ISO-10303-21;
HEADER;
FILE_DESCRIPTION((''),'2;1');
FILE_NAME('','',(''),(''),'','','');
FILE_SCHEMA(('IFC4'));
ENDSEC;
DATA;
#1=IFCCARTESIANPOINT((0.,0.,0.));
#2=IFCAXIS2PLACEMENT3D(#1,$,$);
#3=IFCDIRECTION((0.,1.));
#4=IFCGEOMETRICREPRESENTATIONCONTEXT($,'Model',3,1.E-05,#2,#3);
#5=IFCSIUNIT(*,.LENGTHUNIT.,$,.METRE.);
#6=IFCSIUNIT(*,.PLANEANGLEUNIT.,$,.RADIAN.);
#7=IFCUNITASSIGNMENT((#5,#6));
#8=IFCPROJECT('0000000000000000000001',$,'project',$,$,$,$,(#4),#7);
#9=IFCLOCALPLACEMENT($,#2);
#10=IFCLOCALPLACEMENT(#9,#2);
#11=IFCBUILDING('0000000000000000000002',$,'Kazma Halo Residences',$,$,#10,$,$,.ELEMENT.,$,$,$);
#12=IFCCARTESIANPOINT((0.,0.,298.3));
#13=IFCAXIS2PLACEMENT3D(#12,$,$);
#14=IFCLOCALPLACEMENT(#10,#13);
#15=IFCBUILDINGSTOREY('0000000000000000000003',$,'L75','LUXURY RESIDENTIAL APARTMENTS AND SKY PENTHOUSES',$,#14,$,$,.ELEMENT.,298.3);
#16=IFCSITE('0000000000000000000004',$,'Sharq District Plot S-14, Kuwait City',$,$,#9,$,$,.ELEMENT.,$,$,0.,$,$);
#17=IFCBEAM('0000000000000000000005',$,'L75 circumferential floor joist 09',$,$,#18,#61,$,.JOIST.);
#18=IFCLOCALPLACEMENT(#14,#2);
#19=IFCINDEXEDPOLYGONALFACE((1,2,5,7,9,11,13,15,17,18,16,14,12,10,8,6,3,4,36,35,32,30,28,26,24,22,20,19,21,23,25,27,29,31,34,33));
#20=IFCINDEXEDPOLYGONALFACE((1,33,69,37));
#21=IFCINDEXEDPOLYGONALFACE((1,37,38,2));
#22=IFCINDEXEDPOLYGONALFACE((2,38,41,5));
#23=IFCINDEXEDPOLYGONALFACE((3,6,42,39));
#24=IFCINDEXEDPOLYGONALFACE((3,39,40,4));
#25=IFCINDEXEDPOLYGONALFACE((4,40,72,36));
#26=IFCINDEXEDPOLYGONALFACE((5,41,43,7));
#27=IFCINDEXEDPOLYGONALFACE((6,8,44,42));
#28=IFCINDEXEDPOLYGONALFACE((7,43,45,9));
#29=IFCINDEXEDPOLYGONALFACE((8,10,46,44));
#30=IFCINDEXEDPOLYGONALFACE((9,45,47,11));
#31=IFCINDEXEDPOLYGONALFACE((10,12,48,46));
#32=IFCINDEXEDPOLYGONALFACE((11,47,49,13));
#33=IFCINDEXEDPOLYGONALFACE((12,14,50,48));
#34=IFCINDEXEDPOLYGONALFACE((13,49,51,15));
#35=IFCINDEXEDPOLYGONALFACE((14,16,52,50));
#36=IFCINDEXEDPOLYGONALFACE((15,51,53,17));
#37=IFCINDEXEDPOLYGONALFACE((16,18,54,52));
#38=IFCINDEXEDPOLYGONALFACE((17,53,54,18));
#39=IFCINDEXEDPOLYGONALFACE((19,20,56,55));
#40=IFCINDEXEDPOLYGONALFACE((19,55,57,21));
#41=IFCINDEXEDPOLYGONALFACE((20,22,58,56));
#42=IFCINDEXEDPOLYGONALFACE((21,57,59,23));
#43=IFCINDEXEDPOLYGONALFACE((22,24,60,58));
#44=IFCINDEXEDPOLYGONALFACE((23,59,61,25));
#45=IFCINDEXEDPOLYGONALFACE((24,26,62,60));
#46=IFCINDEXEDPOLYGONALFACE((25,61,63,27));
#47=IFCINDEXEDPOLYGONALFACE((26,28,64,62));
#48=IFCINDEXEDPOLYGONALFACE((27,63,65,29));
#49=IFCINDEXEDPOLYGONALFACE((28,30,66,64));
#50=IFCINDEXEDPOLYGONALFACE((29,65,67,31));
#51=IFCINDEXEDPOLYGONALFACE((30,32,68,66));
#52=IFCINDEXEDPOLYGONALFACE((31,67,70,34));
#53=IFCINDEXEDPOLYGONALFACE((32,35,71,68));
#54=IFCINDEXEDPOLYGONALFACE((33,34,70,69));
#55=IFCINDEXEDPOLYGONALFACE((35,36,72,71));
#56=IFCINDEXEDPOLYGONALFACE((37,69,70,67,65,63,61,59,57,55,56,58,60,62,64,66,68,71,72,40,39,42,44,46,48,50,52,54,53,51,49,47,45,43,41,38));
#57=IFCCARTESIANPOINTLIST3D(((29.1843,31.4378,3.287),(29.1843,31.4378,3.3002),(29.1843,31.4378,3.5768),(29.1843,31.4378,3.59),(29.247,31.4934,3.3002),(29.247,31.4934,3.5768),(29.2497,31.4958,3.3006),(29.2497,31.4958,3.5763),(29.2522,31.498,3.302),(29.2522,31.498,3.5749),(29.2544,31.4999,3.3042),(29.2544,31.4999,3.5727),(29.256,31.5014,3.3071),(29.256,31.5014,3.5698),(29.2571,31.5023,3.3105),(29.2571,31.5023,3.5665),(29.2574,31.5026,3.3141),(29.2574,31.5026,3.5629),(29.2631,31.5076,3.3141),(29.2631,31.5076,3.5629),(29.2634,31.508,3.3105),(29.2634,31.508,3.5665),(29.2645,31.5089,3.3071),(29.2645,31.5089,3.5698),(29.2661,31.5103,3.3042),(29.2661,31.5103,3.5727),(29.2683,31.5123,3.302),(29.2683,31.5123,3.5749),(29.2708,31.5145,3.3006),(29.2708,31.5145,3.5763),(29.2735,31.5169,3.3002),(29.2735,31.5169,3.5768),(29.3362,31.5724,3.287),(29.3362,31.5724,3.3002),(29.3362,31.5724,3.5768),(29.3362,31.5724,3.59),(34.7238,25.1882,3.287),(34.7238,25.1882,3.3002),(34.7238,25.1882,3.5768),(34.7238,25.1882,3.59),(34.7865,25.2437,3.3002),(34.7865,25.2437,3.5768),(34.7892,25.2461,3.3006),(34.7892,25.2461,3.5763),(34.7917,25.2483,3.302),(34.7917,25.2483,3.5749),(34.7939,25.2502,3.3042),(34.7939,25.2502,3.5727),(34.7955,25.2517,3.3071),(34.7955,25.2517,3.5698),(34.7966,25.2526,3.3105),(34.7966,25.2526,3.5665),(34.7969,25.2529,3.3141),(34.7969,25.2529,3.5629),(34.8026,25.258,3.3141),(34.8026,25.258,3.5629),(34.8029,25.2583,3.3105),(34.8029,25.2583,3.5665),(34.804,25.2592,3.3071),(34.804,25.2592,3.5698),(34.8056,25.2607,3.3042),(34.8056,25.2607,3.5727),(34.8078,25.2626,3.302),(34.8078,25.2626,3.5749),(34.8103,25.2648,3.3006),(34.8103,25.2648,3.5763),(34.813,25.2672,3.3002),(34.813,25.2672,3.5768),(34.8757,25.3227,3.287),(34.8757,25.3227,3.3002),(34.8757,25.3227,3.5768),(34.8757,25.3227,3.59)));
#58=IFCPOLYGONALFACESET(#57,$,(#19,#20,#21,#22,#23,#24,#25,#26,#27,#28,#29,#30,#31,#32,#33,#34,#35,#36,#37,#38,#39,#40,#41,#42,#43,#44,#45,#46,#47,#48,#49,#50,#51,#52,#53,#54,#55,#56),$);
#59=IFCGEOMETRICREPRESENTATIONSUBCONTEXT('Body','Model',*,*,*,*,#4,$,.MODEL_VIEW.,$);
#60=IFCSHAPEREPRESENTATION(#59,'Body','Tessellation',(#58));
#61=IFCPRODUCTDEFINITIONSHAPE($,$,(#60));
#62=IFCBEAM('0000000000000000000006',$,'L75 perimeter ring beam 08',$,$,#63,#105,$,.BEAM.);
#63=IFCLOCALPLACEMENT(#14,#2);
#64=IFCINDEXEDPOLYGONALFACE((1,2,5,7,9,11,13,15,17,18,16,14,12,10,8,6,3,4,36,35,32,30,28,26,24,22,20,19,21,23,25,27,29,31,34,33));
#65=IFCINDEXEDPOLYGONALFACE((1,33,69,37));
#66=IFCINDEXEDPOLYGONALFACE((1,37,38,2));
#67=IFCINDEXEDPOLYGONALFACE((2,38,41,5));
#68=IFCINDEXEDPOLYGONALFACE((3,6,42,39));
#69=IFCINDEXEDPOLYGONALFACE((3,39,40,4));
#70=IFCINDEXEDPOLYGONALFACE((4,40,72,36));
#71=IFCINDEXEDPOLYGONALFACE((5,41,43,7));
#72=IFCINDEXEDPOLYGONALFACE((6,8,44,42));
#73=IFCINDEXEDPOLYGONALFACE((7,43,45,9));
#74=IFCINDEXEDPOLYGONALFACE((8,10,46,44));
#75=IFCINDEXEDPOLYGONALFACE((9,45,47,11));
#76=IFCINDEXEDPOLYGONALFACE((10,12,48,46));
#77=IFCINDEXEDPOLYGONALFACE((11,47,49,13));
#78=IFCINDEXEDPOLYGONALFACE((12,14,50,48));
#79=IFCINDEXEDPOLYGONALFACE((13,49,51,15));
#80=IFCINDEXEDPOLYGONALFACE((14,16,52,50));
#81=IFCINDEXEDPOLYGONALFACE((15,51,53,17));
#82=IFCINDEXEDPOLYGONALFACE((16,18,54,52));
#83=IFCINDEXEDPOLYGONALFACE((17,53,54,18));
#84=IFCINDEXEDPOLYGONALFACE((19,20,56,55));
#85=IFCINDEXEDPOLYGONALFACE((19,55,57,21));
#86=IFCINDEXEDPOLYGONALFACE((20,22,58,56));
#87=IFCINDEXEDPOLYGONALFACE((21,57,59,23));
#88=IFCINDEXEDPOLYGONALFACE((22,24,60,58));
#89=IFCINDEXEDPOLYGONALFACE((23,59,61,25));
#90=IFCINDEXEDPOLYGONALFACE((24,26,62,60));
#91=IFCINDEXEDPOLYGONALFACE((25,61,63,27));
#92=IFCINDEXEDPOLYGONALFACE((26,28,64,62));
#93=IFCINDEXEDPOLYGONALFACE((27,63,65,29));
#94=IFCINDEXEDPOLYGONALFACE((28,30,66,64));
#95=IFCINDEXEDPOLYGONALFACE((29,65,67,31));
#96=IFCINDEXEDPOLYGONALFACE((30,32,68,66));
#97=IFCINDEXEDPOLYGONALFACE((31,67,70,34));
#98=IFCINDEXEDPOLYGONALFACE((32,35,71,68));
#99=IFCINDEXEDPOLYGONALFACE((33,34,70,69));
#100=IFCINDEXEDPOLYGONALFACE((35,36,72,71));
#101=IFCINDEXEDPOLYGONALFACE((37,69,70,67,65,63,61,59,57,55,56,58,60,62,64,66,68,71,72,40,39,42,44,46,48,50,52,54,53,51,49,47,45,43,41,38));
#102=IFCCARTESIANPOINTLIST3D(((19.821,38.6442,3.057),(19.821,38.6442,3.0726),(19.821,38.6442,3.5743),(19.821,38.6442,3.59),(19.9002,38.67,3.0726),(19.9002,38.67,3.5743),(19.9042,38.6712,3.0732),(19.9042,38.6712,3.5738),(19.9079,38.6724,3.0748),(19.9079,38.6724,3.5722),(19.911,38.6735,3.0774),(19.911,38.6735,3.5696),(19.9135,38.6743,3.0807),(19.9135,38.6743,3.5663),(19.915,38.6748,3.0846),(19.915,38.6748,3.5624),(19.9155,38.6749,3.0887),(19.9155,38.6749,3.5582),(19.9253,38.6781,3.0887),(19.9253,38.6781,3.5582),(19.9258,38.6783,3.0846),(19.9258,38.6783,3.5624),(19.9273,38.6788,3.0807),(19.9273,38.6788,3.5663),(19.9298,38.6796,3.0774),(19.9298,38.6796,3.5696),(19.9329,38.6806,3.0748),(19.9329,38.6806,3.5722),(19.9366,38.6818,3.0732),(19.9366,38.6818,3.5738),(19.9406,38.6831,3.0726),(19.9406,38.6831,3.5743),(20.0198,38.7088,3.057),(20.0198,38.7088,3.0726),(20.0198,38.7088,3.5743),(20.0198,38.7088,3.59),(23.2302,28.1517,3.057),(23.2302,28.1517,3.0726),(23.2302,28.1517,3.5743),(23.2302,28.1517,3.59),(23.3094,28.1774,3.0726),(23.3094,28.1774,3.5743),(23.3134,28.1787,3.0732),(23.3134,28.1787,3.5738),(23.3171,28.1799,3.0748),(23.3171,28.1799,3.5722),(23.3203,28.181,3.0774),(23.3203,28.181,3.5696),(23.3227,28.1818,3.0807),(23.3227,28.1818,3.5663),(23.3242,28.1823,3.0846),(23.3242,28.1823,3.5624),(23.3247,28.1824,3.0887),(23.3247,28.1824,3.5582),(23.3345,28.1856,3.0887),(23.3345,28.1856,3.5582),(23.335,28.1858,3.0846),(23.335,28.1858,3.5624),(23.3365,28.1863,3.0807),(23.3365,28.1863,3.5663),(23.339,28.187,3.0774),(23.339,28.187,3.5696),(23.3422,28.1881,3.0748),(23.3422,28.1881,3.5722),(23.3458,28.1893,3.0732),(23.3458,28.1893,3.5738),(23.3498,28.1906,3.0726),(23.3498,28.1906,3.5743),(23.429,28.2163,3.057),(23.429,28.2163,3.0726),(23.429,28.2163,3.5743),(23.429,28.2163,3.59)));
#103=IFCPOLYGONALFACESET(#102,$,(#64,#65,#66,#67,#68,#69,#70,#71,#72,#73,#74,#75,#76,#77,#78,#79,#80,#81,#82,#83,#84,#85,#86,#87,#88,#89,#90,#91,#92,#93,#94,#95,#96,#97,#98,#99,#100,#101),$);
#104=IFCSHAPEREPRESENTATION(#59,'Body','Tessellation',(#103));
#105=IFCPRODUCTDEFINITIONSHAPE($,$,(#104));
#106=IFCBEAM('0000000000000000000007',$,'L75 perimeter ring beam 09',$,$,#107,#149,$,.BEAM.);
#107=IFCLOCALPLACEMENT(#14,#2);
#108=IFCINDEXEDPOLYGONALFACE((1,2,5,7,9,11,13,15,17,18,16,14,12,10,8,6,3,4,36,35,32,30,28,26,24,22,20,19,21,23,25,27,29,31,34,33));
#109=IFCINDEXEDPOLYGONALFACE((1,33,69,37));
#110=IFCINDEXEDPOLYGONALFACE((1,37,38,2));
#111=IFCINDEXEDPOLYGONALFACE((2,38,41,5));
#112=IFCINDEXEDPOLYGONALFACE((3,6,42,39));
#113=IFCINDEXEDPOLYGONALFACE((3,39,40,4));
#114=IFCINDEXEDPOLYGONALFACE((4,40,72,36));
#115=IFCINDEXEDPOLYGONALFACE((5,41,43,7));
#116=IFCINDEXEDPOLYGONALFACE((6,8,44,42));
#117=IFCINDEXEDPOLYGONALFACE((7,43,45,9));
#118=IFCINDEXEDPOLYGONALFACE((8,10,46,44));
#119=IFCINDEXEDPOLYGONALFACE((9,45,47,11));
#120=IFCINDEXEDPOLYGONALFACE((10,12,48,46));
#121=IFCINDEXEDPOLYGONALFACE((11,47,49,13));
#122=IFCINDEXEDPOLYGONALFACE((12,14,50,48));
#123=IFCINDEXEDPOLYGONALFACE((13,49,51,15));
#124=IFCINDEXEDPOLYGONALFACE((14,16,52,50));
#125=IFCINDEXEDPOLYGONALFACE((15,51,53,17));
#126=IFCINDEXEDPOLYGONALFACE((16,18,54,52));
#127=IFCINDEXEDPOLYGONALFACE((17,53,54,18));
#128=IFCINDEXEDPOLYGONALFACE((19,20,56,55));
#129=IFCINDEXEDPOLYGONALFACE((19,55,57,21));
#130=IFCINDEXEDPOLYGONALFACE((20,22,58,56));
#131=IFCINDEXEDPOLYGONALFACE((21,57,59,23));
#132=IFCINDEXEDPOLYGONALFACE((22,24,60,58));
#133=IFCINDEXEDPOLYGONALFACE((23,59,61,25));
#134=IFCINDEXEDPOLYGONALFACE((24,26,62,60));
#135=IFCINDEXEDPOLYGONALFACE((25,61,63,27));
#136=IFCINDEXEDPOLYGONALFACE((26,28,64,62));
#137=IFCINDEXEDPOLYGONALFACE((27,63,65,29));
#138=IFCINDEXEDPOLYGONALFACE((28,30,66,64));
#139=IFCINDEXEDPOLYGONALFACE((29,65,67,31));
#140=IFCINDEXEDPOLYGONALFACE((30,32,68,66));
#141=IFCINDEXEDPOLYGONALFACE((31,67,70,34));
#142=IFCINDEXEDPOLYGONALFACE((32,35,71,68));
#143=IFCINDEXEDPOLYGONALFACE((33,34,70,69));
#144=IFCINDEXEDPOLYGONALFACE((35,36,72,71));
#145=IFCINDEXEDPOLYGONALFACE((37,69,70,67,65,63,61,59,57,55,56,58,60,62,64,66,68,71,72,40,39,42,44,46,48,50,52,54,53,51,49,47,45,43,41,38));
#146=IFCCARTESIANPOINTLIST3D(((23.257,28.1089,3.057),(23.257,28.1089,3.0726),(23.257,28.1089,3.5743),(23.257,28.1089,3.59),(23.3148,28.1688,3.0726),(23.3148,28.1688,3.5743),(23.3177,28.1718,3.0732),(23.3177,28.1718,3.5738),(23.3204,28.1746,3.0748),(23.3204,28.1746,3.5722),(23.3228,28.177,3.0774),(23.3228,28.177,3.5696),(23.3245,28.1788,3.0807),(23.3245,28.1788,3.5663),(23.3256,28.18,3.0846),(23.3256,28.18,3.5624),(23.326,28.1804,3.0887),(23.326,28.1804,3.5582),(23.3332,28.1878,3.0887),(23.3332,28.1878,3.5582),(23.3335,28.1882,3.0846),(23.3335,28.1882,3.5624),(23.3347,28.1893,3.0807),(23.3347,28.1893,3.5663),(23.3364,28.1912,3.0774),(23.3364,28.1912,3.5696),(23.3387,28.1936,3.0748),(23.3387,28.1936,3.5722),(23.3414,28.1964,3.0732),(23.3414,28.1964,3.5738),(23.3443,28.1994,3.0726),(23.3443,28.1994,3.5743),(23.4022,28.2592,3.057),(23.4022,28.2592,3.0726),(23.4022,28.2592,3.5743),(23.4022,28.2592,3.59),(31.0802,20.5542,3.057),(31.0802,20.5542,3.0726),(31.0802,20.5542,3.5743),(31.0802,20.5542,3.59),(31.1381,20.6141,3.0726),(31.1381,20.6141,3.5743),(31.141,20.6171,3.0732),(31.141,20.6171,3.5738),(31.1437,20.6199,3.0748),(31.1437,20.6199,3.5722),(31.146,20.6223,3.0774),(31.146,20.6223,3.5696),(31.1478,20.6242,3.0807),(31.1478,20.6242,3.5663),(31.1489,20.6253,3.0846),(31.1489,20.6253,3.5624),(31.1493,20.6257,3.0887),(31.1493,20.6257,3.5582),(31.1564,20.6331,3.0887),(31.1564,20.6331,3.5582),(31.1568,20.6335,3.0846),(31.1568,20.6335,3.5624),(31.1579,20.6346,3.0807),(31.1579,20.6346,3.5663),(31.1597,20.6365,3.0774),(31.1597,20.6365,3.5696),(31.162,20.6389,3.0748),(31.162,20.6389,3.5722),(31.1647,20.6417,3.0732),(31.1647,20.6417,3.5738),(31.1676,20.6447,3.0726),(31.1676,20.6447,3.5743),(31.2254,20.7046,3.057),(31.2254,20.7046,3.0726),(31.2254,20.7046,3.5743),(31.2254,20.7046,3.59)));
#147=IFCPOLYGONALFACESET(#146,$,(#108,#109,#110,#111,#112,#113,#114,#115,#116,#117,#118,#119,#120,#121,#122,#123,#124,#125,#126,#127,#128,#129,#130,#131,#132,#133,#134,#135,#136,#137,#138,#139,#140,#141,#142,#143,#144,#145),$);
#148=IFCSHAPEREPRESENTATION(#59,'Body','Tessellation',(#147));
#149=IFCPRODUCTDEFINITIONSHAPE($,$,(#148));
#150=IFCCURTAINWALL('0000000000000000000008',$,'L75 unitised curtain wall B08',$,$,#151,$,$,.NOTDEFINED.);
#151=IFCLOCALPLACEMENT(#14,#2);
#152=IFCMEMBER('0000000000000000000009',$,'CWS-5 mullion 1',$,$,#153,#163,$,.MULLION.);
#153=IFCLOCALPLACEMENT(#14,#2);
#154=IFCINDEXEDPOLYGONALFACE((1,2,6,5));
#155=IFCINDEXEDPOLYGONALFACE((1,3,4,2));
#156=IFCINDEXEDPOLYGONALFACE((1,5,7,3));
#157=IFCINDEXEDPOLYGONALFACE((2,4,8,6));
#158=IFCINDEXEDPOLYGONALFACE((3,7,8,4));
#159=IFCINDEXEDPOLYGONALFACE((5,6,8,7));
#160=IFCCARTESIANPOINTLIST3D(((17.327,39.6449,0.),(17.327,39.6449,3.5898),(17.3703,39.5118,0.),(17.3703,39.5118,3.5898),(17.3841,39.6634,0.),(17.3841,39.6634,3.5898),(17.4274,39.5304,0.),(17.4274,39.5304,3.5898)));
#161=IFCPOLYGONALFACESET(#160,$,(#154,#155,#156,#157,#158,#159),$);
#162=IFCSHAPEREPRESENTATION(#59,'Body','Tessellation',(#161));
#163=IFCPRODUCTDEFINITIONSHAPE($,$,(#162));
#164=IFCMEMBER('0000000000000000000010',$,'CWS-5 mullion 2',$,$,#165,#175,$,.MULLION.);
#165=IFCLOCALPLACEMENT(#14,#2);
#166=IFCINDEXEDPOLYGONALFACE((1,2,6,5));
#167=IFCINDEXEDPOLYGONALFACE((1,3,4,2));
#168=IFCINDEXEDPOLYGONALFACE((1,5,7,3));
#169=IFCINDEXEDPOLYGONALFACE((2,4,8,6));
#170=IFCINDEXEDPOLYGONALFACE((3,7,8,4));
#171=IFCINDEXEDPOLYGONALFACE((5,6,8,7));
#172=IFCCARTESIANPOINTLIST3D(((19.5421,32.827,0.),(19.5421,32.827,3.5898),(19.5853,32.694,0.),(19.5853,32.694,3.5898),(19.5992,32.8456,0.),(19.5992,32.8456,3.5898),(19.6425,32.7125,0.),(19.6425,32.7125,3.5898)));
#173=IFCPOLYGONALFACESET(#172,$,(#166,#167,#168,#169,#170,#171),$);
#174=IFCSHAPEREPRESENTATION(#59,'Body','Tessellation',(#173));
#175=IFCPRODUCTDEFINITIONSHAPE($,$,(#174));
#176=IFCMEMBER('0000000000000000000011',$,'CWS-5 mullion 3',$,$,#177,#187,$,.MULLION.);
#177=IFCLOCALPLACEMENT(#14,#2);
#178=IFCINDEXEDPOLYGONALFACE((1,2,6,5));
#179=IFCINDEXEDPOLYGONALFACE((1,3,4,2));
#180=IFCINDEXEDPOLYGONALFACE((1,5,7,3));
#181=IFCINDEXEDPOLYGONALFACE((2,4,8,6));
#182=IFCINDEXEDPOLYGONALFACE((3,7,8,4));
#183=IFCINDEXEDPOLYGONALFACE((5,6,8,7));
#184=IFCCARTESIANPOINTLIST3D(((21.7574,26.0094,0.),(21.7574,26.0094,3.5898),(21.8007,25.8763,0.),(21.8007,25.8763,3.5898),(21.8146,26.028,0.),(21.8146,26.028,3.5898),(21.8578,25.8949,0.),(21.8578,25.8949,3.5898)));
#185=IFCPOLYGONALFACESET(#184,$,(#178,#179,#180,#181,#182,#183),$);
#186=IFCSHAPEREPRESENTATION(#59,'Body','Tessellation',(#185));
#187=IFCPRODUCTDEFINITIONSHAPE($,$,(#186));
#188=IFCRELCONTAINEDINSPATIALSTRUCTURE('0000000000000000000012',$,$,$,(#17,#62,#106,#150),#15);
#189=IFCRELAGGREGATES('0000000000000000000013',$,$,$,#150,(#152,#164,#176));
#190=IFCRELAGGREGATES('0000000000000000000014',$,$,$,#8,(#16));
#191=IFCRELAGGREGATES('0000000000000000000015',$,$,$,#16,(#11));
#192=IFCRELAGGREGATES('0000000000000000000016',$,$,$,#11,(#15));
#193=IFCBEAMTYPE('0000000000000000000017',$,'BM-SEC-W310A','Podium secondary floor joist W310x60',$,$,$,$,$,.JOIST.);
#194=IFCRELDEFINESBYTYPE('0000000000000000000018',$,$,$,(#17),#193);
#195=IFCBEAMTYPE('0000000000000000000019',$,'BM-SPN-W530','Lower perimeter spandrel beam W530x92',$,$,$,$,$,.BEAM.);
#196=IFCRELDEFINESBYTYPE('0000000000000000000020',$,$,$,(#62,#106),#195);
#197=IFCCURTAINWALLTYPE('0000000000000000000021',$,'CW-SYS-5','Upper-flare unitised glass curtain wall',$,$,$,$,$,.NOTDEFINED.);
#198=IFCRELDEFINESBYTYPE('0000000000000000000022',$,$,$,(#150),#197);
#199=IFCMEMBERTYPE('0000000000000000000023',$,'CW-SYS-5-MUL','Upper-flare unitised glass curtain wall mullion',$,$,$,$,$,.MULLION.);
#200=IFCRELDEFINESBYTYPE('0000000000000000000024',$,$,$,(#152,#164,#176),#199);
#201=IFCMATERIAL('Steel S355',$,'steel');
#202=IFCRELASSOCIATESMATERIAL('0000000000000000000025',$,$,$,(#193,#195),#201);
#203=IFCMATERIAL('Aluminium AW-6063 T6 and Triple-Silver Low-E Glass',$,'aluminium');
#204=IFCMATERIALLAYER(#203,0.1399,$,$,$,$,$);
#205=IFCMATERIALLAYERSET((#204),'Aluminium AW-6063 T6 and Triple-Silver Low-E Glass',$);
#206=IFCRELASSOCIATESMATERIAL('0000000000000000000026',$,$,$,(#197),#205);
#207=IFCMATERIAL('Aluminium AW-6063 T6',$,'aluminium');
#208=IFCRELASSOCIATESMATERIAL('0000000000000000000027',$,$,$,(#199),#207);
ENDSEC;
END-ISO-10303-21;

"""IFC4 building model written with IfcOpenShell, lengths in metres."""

from ifc_helpers import new_model, si_unit, direction, frame, origin, origin_2d, place, context, subcontext, project, spatial, rectangle, i_section, extrude, material, layer, layer_set, material_profile, profile_set, type_object, element, aggregate, save


model = new_model("IFC4")

# Units and contexts
model_context = context("Model", 3, precision=1e-05, world=origin(), true_north=direction((0.0, 1.0)))
body_context = subcontext(model_context, "Body", "Model", "MODEL_VIEW")
ifc_project = project(units=[si_unit("LENGTHUNIT", "METRE"), si_unit("PLANEANGLEUNIT", "RADIAN")], contexts=[model_context])

# Site, building, storey
site_placement = place(None, origin())
site = spatial("IfcSite", under=ifc_project, at=site_placement, Name="Sharq District Plot S-14, Kuwait City", CompositionType="ELEMENT", RefElevation=0.0)
building_placement = place(site_placement, origin())
building = spatial("IfcBuilding", under=site, at=building_placement, Name="Kazma Halo Residences", CompositionType="ELEMENT")
storey_placement = place(building_placement, frame((0.0, 0.0, 298.3)))
storey = spatial("IfcBuildingStorey", under=building, at=storey_placement, Name="L75", Description="LUXURY RESIDENTIAL APARTMENTS AND SKY PENTHOUSES", CompositionType="ELEMENT", Elevation=298.3)

# Beams
ifc_material_1 = material(Name="Steel S355", Category="steel")
ifc_material_profile_1 = material_profile(ifc_material_1, i_section(OverallWidth=0.2029, OverallDepth=0.303, WebThickness=0.0076, FlangeThickness=0.0132, FilletRadius=0.0139, at=origin_2d()), Name="W310x60")
ifc_profile_set_1 = profile_set([ifc_material_profile_1], Name="Steel S355")
beam_type_1 = type_object("IfcBeamType", Name="BM-SEC-W310A", Description="Podium secondary floor joist W310x60", PredefinedType="JOIST", material=ifc_profile_set_1)
beam_1_placement = place(storey_placement, frame((29.2603, 31.5051, 3.4385), z_axis=(0.663307, -0.748347, 0.0), x_axis=(0.748347, 0.663307, 0.0)))
element("IfcBeam", 1, at=beam_1_placement, inside=storey, type_object=beam_type_1, Name="L75 circumferential floor joist 09", PredefinedType="JOIST", context=body_context, shape_type="SweptSolid", body=[
    extrude(i_section(OverallWidth=0.2029, OverallDepth=0.303, WebThickness=0.0076, FlangeThickness=0.0132, FilletRadius=0.0139, at=origin_2d()), origin(), (0.0, 0.0, 1.0), 8.3513),
])
ifc_material_profile_2 = material_profile(ifc_material_1, i_section(OverallWidth=0.209, OverallDepth=0.533, WebThickness=0.0103, FlangeThickness=0.0156, FilletRadius=0.0161, at=origin_2d()), Name="W530x92")
ifc_profile_set_2 = profile_set([ifc_material_profile_2], Name="Steel S355")
beam_type_2 = type_object("IfcBeamType", Name="BM-SPN-W530", Description="Lower perimeter spandrel beam W530x92", PredefinedType="BEAM", material=ifc_profile_set_2)
beam_2_placement = place(storey_placement, frame((19.9204, 38.6765, 3.3235), z_axis=(0.309016, -0.951057, 0.0), x_axis=(0.951057, 0.309016, 0.0)))
element("IfcBeam", 2, at=beam_2_placement, inside=storey, type_object=beam_type_2, Name="L75 perimeter ring beam 08", PredefinedType="BEAM", context=body_context, shape_type="SweptSolid", body=[
    extrude(i_section(OverallWidth=0.209, OverallDepth=0.533, WebThickness=0.0103, FlangeThickness=0.0156, FilletRadius=0.0161, at=origin_2d()), origin(), (0.0, 0.0, 1.0), 11.0325),
])
beam_3_placement = place(storey_placement, frame((23.3296, 28.1841, 3.3235), z_axis=(0.719346, -0.694652, 0.0), x_axis=(0.694652, 0.719346, 0.0)))
element("IfcBeam", 3, at=beam_3_placement, inside=storey, type_object=beam_type_2, Name="L75 perimeter ring beam 09", PredefinedType="BEAM", context=body_context, shape_type="SweptSolid", body=[
    extrude(i_section(OverallWidth=0.209, OverallDepth=0.533, WebThickness=0.0103, FlangeThickness=0.0156, FilletRadius=0.0161, at=origin_2d()), origin(), (0.0, 0.0, 1.0), 10.8755),
])

# Curtain wall, members
ifc_material_2 = material(Name="Aluminium AW-6063 T6 and Triple-Silver Low-E Glass", Category="aluminium")
ifc_layer_1 = layer(ifc_material_2, 0.1399)
ifc_layer_set_1 = layer_set([ifc_layer_1], Name="Aluminium AW-6063 T6 and Triple-Silver Low-E Glass")
curtain_wall_type = type_object("IfcCurtainWallType", Name="CW-SYS-5", Description="Upper-flare unitised glass curtain wall", PredefinedType="NOTDEFINED", material=ifc_layer_set_1)
curtain_wall_placement = place(storey_placement, origin())
curtain_wall = element("IfcCurtainWall", 4, at=curtain_wall_placement, inside=storey, type_object=curtain_wall_type, Name="L75 unitised curtain wall B08", PredefinedType="NOTDEFINED")
ifc_material_3 = material(Name="Aluminium AW-6063 T6", Category="aluminium")
ifc_material_profile_3 = material_profile(ifc_material_3, rectangle(XDim=0.0601, YDim=0.1399, at=origin_2d()), Name="CWM-60x140")
ifc_profile_set_3 = profile_set([ifc_material_profile_3], Name="Aluminium AW-6063 T6")
member_type_1 = type_object("IfcMemberType", Name="CW-SYS-5-MUL", Description="Upper-flare unitised glass curtain wall mullion", PredefinedType="MULLION", material=ifc_profile_set_3)
member_1_placement = place(storey_placement, frame((17.3772, 39.5876, 0.0), z_axis=(0.0, 0.0, 1.0), x_axis=(0.951058, 0.309011, 0.0)))
member_1 = element("IfcMember", 5, at=member_1_placement, type_object=member_type_1, Name="CWS-5 mullion 1", PredefinedType="MULLION", context=body_context, shape_type="SweptSolid", body=[
    extrude(rectangle(XDim=0.0601, YDim=0.1399, at=origin_2d()), origin(), (0.0, 0.0, 1.0), 3.5898),
])
member_2_placement = place(storey_placement, frame((19.5923, 32.7698, 0.0), z_axis=(0.0, 0.0, 1.0), x_axis=(0.951058, 0.309011, 0.0)))
member_2 = element("IfcMember", 6, at=member_2_placement, type_object=member_type_1, Name="CWS-5 mullion 2", PredefinedType="MULLION", context=body_context, shape_type="SweptSolid", body=[
    extrude(rectangle(XDim=0.0601, YDim=0.1399, at=origin_2d()), origin(), (0.0, 0.0, 1.0), 3.5898),
])
member_3_placement = place(storey_placement, frame((21.8076, 25.9521, 0.0), z_axis=(0.0, 0.0, 1.0), x_axis=(0.951058, 0.309011, 0.0)))
member_3 = element("IfcMember", 7, at=member_3_placement, type_object=member_type_1, Name="CWS-5 mullion 3", PredefinedType="MULLION", context=body_context, shape_type="SweptSolid", body=[
    extrude(rectangle(XDim=0.0601, YDim=0.1399, at=origin_2d()), origin(), (0.0, 0.0, 1.0), 3.5898),
])
aggregate(curtain_wall, [member_1, member_2, member_3])

save(model, "model.ifc")
